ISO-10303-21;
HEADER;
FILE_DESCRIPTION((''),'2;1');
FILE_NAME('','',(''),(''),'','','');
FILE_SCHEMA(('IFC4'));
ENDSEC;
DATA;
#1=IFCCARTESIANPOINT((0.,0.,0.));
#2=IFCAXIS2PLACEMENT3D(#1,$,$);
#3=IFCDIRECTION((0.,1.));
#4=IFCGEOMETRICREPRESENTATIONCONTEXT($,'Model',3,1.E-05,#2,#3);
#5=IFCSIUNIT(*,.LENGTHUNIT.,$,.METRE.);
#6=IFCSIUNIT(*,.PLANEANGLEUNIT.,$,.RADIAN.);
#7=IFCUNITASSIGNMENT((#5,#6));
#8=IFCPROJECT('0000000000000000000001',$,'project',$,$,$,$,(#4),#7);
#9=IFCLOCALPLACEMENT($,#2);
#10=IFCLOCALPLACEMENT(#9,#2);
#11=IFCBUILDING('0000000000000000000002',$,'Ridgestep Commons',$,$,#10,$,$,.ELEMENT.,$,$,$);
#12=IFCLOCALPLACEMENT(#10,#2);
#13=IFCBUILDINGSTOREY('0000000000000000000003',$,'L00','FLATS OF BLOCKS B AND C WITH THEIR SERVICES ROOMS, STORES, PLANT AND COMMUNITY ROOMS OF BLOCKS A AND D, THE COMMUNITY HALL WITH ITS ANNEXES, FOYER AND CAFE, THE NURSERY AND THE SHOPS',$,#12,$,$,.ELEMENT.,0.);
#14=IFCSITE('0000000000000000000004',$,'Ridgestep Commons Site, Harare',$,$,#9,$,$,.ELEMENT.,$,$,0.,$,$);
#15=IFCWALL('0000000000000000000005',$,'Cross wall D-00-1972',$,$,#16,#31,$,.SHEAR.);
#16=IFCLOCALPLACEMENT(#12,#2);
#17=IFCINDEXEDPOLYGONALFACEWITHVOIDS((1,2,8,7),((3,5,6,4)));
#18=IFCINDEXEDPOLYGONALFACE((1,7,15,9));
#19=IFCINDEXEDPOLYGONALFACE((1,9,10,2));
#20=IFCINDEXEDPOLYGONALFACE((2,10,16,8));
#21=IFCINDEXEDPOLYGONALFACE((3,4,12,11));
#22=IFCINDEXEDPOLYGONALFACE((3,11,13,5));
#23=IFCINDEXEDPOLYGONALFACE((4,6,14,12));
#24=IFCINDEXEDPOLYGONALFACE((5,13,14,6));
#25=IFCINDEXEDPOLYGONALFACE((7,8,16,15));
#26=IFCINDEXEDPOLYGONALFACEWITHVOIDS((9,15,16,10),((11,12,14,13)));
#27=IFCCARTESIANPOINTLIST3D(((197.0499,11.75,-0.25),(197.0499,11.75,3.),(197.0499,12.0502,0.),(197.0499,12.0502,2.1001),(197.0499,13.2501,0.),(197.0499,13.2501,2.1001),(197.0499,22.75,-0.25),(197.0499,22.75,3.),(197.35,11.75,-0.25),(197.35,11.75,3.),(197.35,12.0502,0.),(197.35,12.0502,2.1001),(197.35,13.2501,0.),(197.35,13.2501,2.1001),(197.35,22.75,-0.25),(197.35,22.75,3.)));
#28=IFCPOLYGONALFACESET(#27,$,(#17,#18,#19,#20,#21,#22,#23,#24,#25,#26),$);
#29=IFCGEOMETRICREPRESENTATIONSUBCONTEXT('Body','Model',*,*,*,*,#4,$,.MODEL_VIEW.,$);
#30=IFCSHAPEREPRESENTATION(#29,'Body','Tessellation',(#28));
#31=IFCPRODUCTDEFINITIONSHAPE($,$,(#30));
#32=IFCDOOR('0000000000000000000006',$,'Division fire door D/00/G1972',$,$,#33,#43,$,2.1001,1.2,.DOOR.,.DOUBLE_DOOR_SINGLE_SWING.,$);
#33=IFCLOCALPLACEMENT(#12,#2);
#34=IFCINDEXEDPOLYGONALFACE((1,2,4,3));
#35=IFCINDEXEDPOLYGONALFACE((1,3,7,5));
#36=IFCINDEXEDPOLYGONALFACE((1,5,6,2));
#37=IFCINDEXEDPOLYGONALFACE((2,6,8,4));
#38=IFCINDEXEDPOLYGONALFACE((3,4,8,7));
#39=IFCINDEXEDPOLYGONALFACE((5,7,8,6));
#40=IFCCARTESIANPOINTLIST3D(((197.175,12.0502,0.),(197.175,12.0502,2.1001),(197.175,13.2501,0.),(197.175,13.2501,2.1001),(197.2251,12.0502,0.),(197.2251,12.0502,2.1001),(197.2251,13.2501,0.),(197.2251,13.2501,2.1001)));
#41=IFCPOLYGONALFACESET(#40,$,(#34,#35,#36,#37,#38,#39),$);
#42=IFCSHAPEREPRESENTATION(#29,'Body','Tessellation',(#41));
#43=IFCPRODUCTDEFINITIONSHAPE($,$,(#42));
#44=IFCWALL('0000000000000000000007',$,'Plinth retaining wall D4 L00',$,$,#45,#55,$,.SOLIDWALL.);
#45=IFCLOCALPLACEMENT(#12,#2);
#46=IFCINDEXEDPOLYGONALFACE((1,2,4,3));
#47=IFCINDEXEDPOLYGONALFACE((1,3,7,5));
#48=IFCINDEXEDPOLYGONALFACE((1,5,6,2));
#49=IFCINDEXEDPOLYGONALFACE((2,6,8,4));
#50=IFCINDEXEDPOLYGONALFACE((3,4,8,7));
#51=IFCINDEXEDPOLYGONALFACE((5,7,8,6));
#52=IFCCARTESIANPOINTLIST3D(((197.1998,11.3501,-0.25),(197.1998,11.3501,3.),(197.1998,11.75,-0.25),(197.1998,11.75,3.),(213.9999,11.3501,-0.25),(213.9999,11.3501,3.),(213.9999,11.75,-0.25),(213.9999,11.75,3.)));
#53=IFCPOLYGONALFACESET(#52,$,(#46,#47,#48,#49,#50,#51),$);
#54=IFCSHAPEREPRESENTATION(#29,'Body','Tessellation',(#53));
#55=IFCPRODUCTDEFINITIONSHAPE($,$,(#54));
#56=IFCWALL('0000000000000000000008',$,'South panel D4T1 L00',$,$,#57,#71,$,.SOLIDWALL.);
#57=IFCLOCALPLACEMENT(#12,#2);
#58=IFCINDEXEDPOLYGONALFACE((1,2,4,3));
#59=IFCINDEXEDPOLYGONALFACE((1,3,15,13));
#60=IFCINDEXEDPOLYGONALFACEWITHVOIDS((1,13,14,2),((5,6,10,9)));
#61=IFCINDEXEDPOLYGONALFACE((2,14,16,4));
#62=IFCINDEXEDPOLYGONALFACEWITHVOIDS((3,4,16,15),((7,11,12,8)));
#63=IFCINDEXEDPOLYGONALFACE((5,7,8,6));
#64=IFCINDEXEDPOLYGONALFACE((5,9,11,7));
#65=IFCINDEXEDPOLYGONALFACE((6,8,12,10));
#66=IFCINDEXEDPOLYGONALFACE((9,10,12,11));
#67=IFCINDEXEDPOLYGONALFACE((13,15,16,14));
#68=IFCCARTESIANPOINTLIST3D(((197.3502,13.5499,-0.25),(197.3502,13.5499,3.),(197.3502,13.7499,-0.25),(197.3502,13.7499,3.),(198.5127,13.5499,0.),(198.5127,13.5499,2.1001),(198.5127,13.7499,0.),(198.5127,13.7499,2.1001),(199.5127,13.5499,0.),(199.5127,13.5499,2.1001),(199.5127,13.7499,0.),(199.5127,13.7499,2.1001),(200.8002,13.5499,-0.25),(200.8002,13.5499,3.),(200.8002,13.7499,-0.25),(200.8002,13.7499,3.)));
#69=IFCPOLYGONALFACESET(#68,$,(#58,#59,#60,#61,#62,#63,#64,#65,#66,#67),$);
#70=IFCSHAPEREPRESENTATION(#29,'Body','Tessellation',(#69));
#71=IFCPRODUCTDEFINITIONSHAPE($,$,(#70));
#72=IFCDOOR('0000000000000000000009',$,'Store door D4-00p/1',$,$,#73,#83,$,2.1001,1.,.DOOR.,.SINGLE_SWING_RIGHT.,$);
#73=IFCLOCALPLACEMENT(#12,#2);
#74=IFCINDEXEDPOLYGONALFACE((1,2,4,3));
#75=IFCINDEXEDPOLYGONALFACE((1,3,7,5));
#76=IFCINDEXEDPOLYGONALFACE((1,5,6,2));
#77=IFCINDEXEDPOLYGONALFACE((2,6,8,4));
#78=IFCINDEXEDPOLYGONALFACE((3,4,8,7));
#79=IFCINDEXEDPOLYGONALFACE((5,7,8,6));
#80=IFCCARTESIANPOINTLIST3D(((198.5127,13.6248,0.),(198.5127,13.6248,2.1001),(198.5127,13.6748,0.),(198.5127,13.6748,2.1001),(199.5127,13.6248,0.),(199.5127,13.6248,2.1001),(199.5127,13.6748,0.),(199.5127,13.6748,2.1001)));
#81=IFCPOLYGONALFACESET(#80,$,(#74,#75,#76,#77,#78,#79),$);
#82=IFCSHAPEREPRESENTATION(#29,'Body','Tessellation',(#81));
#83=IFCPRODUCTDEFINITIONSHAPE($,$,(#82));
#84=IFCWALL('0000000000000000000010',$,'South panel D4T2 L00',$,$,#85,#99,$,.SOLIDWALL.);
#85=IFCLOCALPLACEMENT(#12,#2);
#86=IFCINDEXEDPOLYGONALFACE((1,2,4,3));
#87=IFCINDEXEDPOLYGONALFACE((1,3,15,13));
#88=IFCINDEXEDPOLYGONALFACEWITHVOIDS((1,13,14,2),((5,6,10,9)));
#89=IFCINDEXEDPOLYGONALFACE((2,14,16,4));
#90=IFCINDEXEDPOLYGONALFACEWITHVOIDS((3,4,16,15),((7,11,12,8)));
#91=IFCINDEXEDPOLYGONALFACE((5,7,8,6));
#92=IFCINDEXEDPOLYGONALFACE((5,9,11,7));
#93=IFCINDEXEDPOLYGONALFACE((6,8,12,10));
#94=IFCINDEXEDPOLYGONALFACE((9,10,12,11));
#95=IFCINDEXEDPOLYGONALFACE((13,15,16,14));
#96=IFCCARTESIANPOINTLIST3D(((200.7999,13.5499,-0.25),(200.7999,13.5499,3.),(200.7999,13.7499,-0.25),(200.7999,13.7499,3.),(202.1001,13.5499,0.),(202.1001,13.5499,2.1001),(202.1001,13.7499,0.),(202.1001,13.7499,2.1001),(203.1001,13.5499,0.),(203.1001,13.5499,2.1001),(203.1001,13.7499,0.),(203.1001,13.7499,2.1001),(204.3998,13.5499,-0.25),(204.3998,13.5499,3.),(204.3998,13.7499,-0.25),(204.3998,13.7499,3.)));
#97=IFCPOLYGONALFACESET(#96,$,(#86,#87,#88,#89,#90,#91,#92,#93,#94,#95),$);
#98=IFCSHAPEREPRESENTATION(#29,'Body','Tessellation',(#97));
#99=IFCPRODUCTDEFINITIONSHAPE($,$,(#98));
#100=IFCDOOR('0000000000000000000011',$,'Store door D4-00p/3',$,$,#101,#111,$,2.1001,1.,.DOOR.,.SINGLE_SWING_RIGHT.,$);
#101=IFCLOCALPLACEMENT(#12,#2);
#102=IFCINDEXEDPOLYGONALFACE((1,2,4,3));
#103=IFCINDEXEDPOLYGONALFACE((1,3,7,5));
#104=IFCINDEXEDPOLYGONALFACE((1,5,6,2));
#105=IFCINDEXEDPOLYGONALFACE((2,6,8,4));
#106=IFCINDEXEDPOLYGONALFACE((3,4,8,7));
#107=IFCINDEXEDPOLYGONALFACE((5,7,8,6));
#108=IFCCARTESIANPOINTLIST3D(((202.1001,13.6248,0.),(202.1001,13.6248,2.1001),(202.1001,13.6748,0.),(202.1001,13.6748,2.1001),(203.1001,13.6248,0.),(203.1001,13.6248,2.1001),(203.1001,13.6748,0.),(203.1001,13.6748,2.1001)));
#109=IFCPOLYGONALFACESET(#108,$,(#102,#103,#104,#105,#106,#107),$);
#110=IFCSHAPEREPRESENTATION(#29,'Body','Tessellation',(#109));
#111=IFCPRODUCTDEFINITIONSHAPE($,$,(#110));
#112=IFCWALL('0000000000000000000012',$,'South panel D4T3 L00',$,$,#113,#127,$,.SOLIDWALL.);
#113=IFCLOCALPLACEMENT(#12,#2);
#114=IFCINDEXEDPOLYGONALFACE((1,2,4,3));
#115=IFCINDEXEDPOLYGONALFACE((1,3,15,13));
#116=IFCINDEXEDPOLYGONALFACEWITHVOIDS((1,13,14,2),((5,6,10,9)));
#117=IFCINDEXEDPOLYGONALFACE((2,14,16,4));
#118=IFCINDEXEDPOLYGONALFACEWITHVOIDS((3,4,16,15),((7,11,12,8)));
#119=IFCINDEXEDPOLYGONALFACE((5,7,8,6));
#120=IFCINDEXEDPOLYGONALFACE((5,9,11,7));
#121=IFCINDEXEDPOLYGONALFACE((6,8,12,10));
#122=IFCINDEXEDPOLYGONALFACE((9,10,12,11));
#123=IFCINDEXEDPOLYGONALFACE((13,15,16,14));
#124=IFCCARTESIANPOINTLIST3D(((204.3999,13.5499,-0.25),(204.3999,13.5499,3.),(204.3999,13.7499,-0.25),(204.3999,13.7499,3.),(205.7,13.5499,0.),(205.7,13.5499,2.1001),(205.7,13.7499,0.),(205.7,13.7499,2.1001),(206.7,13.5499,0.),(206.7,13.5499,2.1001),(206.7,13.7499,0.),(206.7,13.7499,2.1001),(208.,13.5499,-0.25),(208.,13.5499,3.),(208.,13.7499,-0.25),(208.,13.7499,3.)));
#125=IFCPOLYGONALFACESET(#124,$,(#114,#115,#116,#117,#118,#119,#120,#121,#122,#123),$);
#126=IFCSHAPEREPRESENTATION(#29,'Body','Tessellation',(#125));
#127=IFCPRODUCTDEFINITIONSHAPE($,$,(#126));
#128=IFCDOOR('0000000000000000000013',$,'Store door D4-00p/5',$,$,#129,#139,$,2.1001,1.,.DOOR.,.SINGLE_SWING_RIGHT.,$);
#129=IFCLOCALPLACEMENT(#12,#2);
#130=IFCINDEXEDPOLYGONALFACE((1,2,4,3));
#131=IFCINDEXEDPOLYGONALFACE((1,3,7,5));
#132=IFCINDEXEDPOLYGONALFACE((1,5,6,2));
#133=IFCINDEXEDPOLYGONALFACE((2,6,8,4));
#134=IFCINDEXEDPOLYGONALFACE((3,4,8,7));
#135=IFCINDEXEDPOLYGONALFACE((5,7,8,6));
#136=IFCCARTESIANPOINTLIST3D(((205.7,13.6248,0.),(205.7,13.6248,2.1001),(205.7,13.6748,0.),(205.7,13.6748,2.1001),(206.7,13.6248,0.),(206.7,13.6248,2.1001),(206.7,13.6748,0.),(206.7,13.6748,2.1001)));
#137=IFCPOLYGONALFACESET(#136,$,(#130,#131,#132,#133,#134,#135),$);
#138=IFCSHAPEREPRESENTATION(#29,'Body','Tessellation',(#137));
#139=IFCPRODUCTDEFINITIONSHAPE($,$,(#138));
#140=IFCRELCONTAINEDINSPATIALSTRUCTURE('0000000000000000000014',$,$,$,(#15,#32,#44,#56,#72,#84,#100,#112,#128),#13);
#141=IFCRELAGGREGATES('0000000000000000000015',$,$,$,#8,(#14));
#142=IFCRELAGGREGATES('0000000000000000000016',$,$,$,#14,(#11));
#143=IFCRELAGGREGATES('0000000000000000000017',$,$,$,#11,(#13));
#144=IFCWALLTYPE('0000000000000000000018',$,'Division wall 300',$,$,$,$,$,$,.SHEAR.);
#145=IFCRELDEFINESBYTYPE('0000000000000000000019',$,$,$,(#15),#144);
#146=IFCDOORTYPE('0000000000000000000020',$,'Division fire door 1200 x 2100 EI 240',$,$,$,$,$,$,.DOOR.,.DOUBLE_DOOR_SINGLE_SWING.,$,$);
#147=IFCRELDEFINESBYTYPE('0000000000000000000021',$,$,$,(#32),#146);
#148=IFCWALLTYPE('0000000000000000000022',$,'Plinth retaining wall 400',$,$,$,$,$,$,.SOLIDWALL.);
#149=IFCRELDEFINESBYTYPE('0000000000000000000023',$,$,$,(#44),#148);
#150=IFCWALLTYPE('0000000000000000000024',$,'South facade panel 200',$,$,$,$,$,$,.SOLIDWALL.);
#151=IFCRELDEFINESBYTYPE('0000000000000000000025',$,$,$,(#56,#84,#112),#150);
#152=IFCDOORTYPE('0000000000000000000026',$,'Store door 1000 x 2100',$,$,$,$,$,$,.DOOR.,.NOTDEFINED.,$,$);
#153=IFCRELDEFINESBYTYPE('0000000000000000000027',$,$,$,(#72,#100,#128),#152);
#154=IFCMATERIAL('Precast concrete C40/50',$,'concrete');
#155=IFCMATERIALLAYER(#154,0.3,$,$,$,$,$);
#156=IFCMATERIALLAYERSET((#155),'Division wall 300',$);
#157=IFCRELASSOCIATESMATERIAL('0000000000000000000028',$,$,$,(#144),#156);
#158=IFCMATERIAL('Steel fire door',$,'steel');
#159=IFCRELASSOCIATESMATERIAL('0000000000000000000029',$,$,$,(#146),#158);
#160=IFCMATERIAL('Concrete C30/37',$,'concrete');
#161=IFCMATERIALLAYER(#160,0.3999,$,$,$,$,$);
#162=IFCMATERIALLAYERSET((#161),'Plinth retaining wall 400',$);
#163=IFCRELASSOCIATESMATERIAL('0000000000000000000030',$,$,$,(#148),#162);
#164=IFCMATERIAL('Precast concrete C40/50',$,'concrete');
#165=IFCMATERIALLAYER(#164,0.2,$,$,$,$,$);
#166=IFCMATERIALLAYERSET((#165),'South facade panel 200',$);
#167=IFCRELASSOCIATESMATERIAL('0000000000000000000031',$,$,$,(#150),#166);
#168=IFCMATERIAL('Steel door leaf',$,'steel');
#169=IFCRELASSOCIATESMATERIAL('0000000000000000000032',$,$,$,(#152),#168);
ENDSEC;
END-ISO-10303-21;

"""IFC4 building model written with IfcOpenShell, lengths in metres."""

from ifc_helpers import new_model, si_unit, direction, frame, frame_2d, origin, place, context, subcontext, project, spatial, rectangle, extrude, material, layer, layer_set, type_object, element, fill, save


model = new_model("IFC4")

# Units and contexts
model_context = context("Model", 3, precision=1e-05, world=origin(), true_north=direction((0.0, 1.0)))
body_context = subcontext(model_context, "Body", "Model", "MODEL_VIEW")
ifc_project = project(units=[si_unit("LENGTHUNIT", "METRE"), si_unit("PLANEANGLEUNIT", "RADIAN")], contexts=[model_context])

# Site, building, storey
site_placement = place(None, origin())
site = spatial("IfcSite", under=ifc_project, at=site_placement, Name="Ridgestep Commons Site, Harare", CompositionType="ELEMENT", RefElevation=0.0)
building_placement = place(site_placement, origin())
building = spatial("IfcBuilding", under=site, at=building_placement, Name="Ridgestep Commons", CompositionType="ELEMENT")
storey_placement = place(building_placement, origin())
storey = spatial("IfcBuildingStorey", under=building, at=storey_placement, Name="L00", Description="FLATS OF BLOCKS B AND C WITH THEIR SERVICES ROOMS, STORES, PLANT AND COMMUNITY ROOMS OF BLOCKS A AND D, THE COMMUNITY HALL WITH ITS ANNEXES, FOYER AND CAFE, THE NURSERY AND THE SHOPS", CompositionType="ELEMENT", Elevation=0.0)

# Wall, opening, door
ifc_material_1 = material(Name="Precast concrete C40/50", Category="concrete")
ifc_layer_1 = layer(ifc_material_1, 0.3)
ifc_layer_set_1 = layer_set([ifc_layer_1], Name="Division wall 300")
wall_type_1 = type_object("IfcWallType", Name="Division wall 300", PredefinedType="SHEAR", material=ifc_layer_set_1)
wall_1_placement = place(storey_placement, frame((197.2, 11.75, -0.25), z_axis=(0.0, 0.0, 1.0), x_axis=(0.0, 1.0, 0.0)))
wall_1 = element("IfcWall", 1, at=wall_1_placement, inside=storey, type_object=wall_type_1, Name="Cross wall D-00-1972", PredefinedType="SHEAR", context=body_context, shape_type="SweptSolid", body=[
    extrude(rectangle(XDim=11.0, YDim=0.3, at=frame_2d((5.5, 0.0))), origin(), (0.0, 0.0, 1.0), 3.25),
])
opening_1_placement = place(wall_1_placement, frame((0.3, 0.0, 0.25)))
opening_1 = element("IfcOpeningElement", 2, at=opening_1_placement, cuts=wall_1, PredefinedType="OPENING", context=body_context, shape_type="SweptSolid", body=[
    extrude(rectangle(XDim=1.2, YDim=2.1001, at=frame_2d((0.6001, 1.05))), frame((0.0, 0.1599, 0.0), z_axis=(0.0, -1.0, 0.0), x_axis=(1.0, 0.0, 0.0)), (0.0, 0.0, 1.0), 0.3201),
])
ifc_material_2 = material(Name="Steel fire door", Category="steel")
door_type_1 = type_object("IfcDoorType", Name="Division fire door 1200 x 2100 EI 240", OperationType="DOUBLE_DOOR_SINGLE_SWING", PredefinedType="DOOR", material=ifc_material_2)
door_1_placement = place(opening_1_placement, origin())
door_1 = element("IfcDoor", 3, at=door_1_placement, inside=storey, type_object=door_type_1, Name="Division fire door D/00/G1972", OperationType="DOUBLE_DOOR_SINGLE_SWING", OverallHeight=2.1001, OverallWidth=1.2, PredefinedType="DOOR", context=body_context, shape_type="SweptSolid", body=[
    extrude(rectangle(XDim=1.2, YDim=2.1001, at=frame_2d((0.6001, 1.05))), frame((0.0, 0.0249, 0.0), z_axis=(0.0, -1.0, 0.0), x_axis=(1.0, 0.0, 0.0)), (0.0, 0.0, 1.0), 0.05),
])
fill(opening_1, door_1)

# Wall
ifc_material_3 = material(Name="Concrete C30/37", Category="concrete")
ifc_layer_2 = layer(ifc_material_3, 0.3999)
ifc_layer_set_2 = layer_set([ifc_layer_2], Name="Plinth retaining wall 400")
wall_type_2 = type_object("IfcWallType", Name="Plinth retaining wall 400", PredefinedType="SOLIDWALL", material=ifc_layer_set_2)
wall_2_placement = place(storey_placement, frame((197.2, 11.55, -0.25), z_axis=(0.0, 0.0, 1.0), x_axis=(1.0, 0.0, 0.0)))
element("IfcWall", 4, at=wall_2_placement, inside=storey, type_object=wall_type_2, Name="Plinth retaining wall D4 L00", PredefinedType="SOLIDWALL", context=body_context, shape_type="SweptSolid", body=[
    extrude(rectangle(XDim=16.8, YDim=0.3999, at=frame_2d((8.3999, 0.0))), origin(), (0.0, 0.0, 1.0), 3.25),
])

# Walls, openings, doors
ifc_material_4 = material(Name="Precast concrete C40/50", Category="concrete")
ifc_layer_3 = layer(ifc_material_4, 0.2)
ifc_layer_set_3 = layer_set([ifc_layer_3], Name="South facade panel 200")
wall_type_3 = type_object("IfcWallType", Name="South facade panel 200", PredefinedType="SOLIDWALL", material=ifc_layer_set_3)
wall_3_placement = place(storey_placement, frame((197.3501, 13.6499, -0.25), z_axis=(0.0, 0.0, 1.0), x_axis=(1.0, 0.0, 0.0)))
wall_3 = element("IfcWall", 5, at=wall_3_placement, inside=storey, type_object=wall_type_3, Name="South panel D4T1 L00", PredefinedType="SOLIDWALL", context=body_context, shape_type="SweptSolid", body=[
    extrude(rectangle(XDim=3.45, YDim=0.2, at=frame_2d((1.7251, 0.0))), origin(), (0.0, 0.0, 1.0), 3.25),
])
opening_2_placement = place(wall_3_placement, frame((1.1626, 0.0, 0.25)))
opening_2 = element("IfcOpeningElement", 6, at=opening_2_placement, cuts=wall_3, PredefinedType="OPENING", context=body_context, shape_type="SweptSolid", body=[
    extrude(rectangle(XDim=1.0, YDim=2.1001, at=frame_2d((0.5, 1.05))), frame((0.0, 0.1099, 0.0), z_axis=(0.0, -1.0, 0.0), x_axis=(1.0, 0.0, 0.0)), (0.0, 0.0, 1.0), 0.22),
])
ifc_material_5 = material(Name="Steel door leaf", Category="steel")
door_type_2 = type_object("IfcDoorType", Name="Store door 1000 x 2100", OperationType="NOTDEFINED", PredefinedType="DOOR", material=ifc_material_5)
door_2_placement = place(opening_2_placement, origin())
door_2 = element("IfcDoor", 7, at=door_2_placement, inside=storey, type_object=door_type_2, Name="Store door D4-00p/1", OperationType="SINGLE_SWING_RIGHT", OverallHeight=2.1001, OverallWidth=1.0, PredefinedType="DOOR", context=body_context, shape_type="SweptSolid", body=[
    extrude(rectangle(XDim=1.0, YDim=2.1001, at=frame_2d((0.5, 1.05))), frame((0.0, 0.0249, 0.0), z_axis=(0.0, -1.0, 0.0), x_axis=(1.0, 0.0, 0.0)), (0.0, 0.0, 1.0), 0.05),
])
fill(opening_2, door_2)
wall_4_placement = place(storey_placement, frame((200.8, 13.6499, -0.25), z_axis=(0.0, 0.0, 1.0), x_axis=(1.0, 0.0, 0.0)))
wall_4 = element("IfcWall", 8, at=wall_4_placement, inside=storey, type_object=wall_type_3, Name="South panel D4T2 L00", PredefinedType="SOLIDWALL", context=body_context, shape_type="SweptSolid", body=[
    extrude(rectangle(XDim=3.5999, YDim=0.2, at=frame_2d((1.7998, 0.0))), origin(), (0.0, 0.0, 1.0), 3.25),
])
opening_3_placement = place(wall_4_placement, frame((1.3, 0.0, 0.25)))
opening_3 = element("IfcOpeningElement", 9, at=opening_3_placement, cuts=wall_4, PredefinedType="OPENING", context=body_context, shape_type="SweptSolid", body=[
    extrude(rectangle(XDim=1.0, YDim=2.1001, at=frame_2d((0.5, 1.05))), frame((0.0, 0.1099, 0.0), z_axis=(0.0, -1.0, 0.0), x_axis=(1.0, 0.0, 0.0)), (0.0, 0.0, 1.0), 0.22),
])
door_3_placement = place(opening_3_placement, origin())
door_3 = element("IfcDoor", 10, at=door_3_placement, inside=storey, type_object=door_type_2, Name="Store door D4-00p/3", OperationType="SINGLE_SWING_RIGHT", OverallHeight=2.1001, OverallWidth=1.0, PredefinedType="DOOR", context=body_context, shape_type="SweptSolid", body=[
    extrude(rectangle(XDim=1.0, YDim=2.1001, at=frame_2d((0.5, 1.05))), frame((0.0, 0.0249, 0.0), z_axis=(0.0, -1.0, 0.0), x_axis=(1.0, 0.0, 0.0)), (0.0, 0.0, 1.0), 0.05),
])
fill(opening_3, door_3)
wall_5_placement = place(storey_placement, frame((204.3999, 13.6499, -0.25), z_axis=(0.0, 0.0, 1.0), x_axis=(1.0, 0.0, 0.0)))
wall_5 = element("IfcWall", 11, at=wall_5_placement, inside=storey, type_object=wall_type_3, Name="South panel D4T3 L00", PredefinedType="SOLIDWALL", context=body_context, shape_type="SweptSolid", body=[
    extrude(rectangle(XDim=3.6001, YDim=0.2, at=frame_2d((1.8, 0.0))), origin(), (0.0, 0.0, 1.0), 3.25),
])
opening_4_placement = place(wall_5_placement, frame((1.3, 0.0, 0.25)))
opening_4 = element("IfcOpeningElement", 12, at=opening_4_placement, cuts=wall_5, PredefinedType="OPENING", context=body_context, shape_type="SweptSolid", body=[
    extrude(rectangle(XDim=1.0, YDim=2.1001, at=frame_2d((0.5, 1.05))), frame((0.0, 0.1099, 0.0), z_axis=(0.0, -1.0, 0.0), x_axis=(1.0, 0.0, 0.0)), (0.0, 0.0, 1.0), 0.22),
])
door_4_placement = place(opening_4_placement, origin())
door_4 = element("IfcDoor", 13, at=door_4_placement, inside=storey, type_object=door_type_2, Name="Store door D4-00p/5", OperationType="SINGLE_SWING_RIGHT", OverallHeight=2.1001, OverallWidth=1.0, PredefinedType="DOOR", context=body_context, shape_type="SweptSolid", body=[
    extrude(rectangle(XDim=1.0, YDim=2.1001, at=frame_2d((0.5, 1.05))), frame((0.0, 0.0249, 0.0), z_axis=(0.0, -1.0, 0.0), x_axis=(1.0, 0.0, 0.0)), (0.0, 0.0, 1.0), 0.05),
])
fill(opening_4, door_4)

save(model, "model.ifc")
